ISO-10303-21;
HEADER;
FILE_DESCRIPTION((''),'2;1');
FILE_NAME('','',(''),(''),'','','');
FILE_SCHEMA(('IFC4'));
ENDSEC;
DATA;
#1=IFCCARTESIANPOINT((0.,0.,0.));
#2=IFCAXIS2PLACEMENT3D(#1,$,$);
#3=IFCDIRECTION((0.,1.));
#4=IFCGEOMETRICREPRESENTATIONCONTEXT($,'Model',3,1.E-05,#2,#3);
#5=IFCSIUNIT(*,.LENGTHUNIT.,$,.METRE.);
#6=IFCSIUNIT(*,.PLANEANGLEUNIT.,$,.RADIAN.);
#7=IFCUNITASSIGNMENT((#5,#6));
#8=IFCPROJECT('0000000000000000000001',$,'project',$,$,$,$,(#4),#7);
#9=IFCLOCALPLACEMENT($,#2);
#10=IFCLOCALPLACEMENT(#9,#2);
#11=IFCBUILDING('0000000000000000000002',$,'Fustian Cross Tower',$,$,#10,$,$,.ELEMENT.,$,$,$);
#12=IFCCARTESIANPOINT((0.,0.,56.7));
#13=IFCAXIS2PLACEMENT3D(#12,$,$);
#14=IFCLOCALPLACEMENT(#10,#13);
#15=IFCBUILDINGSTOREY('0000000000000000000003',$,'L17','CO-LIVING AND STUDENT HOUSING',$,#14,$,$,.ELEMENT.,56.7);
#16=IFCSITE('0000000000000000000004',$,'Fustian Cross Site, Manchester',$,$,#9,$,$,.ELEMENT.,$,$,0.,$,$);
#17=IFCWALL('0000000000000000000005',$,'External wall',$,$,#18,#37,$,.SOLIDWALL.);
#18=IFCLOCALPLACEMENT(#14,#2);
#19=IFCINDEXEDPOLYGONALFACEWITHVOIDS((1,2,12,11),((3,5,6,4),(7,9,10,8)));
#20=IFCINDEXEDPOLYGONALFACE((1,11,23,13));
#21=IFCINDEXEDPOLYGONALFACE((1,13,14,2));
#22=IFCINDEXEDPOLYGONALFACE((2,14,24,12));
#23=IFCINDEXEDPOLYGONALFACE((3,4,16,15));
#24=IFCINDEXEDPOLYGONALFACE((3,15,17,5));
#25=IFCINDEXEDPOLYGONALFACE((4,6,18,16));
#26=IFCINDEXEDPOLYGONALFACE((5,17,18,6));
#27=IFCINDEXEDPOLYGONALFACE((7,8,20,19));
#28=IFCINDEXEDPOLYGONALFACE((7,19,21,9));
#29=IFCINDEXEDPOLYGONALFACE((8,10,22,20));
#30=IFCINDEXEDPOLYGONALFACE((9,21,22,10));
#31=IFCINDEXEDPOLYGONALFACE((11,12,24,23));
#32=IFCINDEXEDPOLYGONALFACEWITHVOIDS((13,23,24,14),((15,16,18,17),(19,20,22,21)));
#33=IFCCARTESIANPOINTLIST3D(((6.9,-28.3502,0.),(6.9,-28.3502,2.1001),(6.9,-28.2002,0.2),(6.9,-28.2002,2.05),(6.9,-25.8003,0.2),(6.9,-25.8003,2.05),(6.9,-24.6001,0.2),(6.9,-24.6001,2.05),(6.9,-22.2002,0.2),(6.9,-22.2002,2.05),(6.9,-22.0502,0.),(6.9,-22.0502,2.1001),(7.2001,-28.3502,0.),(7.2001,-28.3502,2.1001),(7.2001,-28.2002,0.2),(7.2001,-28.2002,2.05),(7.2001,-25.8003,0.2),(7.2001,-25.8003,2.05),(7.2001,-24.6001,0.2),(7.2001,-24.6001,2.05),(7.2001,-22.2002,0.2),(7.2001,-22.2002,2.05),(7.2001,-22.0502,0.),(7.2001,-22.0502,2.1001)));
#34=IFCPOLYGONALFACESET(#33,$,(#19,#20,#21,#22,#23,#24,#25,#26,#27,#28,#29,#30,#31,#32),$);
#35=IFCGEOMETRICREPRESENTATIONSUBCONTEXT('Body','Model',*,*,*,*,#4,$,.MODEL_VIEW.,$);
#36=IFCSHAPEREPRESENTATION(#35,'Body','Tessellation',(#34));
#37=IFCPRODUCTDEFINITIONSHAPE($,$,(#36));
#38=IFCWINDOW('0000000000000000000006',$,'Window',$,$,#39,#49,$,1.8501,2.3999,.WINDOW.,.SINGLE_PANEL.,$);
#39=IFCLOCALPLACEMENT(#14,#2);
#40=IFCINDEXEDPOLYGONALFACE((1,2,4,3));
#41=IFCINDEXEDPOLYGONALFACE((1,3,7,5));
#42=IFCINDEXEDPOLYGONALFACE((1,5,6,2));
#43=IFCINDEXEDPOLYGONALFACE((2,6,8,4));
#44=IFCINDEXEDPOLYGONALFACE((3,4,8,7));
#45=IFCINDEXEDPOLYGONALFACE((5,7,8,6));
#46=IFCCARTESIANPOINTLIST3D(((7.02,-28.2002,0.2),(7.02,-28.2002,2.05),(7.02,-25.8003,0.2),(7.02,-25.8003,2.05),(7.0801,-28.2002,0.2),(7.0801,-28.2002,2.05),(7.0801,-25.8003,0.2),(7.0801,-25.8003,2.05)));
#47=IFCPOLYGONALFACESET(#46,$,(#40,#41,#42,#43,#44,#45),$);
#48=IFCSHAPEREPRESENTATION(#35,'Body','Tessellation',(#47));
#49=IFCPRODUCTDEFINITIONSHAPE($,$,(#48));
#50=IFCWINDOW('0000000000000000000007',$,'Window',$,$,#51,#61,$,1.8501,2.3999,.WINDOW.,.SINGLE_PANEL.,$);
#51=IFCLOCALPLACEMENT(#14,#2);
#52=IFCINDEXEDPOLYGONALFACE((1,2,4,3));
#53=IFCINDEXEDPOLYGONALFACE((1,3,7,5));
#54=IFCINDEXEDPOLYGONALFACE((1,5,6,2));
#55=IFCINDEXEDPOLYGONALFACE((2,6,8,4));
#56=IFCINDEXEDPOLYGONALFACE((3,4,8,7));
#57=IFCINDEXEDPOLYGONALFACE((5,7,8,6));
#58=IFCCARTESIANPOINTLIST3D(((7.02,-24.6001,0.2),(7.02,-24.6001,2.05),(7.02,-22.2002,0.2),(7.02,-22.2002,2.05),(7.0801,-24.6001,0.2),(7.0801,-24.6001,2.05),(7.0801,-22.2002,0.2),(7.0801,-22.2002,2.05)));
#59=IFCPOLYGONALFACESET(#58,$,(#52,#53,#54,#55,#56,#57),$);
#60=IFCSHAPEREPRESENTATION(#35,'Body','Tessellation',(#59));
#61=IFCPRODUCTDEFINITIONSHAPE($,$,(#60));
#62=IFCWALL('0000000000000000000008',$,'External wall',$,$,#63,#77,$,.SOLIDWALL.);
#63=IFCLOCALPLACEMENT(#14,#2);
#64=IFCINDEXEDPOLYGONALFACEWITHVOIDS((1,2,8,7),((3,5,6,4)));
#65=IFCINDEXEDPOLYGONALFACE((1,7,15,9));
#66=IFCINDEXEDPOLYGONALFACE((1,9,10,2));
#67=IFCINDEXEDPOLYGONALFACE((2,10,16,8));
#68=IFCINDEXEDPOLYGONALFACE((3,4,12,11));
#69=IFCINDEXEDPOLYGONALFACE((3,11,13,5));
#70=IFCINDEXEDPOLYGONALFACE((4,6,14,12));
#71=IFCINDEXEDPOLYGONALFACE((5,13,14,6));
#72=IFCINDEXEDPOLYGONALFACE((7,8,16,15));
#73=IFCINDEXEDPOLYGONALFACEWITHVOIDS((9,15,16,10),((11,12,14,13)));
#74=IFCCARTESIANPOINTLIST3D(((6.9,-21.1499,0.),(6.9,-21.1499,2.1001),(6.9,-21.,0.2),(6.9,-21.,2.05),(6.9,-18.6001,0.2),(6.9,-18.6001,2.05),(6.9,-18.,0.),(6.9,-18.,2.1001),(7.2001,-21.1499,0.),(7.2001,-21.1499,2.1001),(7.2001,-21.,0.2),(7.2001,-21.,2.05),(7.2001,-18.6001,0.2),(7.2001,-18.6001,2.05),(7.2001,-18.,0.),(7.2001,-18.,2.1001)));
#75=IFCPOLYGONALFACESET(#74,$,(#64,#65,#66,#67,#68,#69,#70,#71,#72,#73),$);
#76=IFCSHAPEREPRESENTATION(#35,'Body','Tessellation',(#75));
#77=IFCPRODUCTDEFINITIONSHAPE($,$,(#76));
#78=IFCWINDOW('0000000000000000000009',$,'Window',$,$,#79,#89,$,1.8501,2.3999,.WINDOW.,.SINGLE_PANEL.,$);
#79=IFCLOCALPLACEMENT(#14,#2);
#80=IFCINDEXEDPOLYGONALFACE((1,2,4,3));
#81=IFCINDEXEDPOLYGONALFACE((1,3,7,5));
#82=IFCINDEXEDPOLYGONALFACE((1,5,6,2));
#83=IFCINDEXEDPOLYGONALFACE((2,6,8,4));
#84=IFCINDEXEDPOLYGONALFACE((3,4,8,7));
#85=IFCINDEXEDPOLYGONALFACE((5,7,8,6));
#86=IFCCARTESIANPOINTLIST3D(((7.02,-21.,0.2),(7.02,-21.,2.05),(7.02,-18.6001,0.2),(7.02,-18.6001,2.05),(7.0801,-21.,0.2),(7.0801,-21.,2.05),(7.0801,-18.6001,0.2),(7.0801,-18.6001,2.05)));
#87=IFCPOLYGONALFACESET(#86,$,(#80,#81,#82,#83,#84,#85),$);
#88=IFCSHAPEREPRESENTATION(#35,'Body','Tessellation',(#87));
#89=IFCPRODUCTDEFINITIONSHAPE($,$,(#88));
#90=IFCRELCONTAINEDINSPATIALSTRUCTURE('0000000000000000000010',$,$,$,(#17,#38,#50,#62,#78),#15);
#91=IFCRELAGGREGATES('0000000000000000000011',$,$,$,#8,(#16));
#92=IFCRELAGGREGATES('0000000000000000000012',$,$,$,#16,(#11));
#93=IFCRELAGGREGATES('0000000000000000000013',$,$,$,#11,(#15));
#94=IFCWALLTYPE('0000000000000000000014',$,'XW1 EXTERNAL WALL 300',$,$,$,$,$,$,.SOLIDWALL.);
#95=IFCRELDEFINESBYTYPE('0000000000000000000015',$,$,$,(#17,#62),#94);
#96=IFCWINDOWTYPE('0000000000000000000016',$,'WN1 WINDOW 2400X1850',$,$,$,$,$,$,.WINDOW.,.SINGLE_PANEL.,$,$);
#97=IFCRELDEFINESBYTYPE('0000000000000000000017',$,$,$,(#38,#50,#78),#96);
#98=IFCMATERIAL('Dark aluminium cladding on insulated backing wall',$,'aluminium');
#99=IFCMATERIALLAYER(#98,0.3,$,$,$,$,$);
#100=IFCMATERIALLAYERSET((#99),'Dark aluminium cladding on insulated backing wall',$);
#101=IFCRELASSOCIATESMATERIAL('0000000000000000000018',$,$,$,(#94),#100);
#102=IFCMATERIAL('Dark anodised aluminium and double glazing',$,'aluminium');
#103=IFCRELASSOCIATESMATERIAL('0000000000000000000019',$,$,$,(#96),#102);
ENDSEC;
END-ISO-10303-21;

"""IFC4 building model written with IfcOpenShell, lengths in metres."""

from ifc_helpers import new_model, si_unit, direction, frame, frame_2d, origin, place, context, subcontext, project, spatial, rectangle, extrude, material, layer, layer_set, type_object, element, fill, save


model = new_model("IFC4")

# Units and contexts
model_context = context("Model", 3, precision=1e-05, world=origin(), true_north=direction((0.0, 1.0)))
body_context = subcontext(model_context, "Body", "Model", "MODEL_VIEW")
ifc_project = project(units=[si_unit("LENGTHUNIT", "METRE"), si_unit("PLANEANGLEUNIT", "RADIAN")], contexts=[model_context])

# Site, building, storey
site_placement = place(None, origin())
site = spatial("IfcSite", under=ifc_project, at=site_placement, Name="Fustian Cross Site, Manchester", CompositionType="ELEMENT", RefElevation=0.0)
building_placement = place(site_placement, origin())
building = spatial("IfcBuilding", under=site, at=building_placement, Name="Fustian Cross Tower", CompositionType="ELEMENT")
storey_placement = place(building_placement, frame((0.0, 0.0, 56.7)))
storey = spatial("IfcBuildingStorey", under=building, at=storey_placement, Name="L17", Description="CO-LIVING AND STUDENT HOUSING", CompositionType="ELEMENT", Elevation=56.7)

# Wall, openings, windows
ifc_material_1 = material(Name="Dark aluminium cladding on insulated backing wall", Category="aluminium")
ifc_layer_1 = layer(ifc_material_1, 0.3)
ifc_layer_set_1 = layer_set([ifc_layer_1], Name="Dark aluminium cladding on insulated backing wall")
wall_type_1 = type_object("IfcWallType", Name="XW1 EXTERNAL WALL 300", PredefinedType="SOLIDWALL", material=ifc_layer_set_1)
wall_1_placement = place(storey_placement, frame((7.05, -28.3501, 0.0), z_axis=(0.0, 0.0, 1.0), x_axis=(0.0, 1.0, 0.0)))
wall_1 = element("IfcWall", 1, at=wall_1_placement, inside=storey, type_object=wall_type_1, Name="External wall", PredefinedType="SOLIDWALL", context=body_context, shape_type="SweptSolid", body=[
    extrude(rectangle(XDim=6.3, YDim=0.3, at=frame_2d((3.1499, 0.0))), origin(), (0.0, 0.0, 1.0), 2.1001),
])
opening_1_placement = place(wall_1_placement, frame((0.1499, 0.0, 0.2)))
opening_1 = element("IfcOpeningElement", 2, at=opening_1_placement, cuts=wall_1, PredefinedType="OPENING", context=body_context, shape_type="SweptSolid", body=[
    extrude(rectangle(XDim=2.3999, YDim=1.8501, at=frame_2d((1.2, 0.925))), frame((0.0, 0.1599, 0.0), z_axis=(0.0, -1.0, 0.0), x_axis=(1.0, 0.0, 0.0)), (0.0, 0.0, 1.0), 0.3201),
])
opening_2_placement = place(wall_1_placement, frame((3.75, 0.0, 0.2)))
opening_2 = element("IfcOpeningElement", 3, at=opening_2_placement, cuts=wall_1, PredefinedType="OPENING", context=body_context, shape_type="SweptSolid", body=[
    extrude(rectangle(XDim=2.3999, YDim=1.8501, at=frame_2d((1.2, 0.925))), frame((0.0, 0.1599, 0.0), z_axis=(0.0, -1.0, 0.0), x_axis=(1.0, 0.0, 0.0)), (0.0, 0.0, 1.0), 0.3201),
])
ifc_material_2 = material(Name="Dark anodised aluminium and double glazing", Category="aluminium")
window_type = type_object("IfcWindowType", Name="WN1 WINDOW 2400X1850", PartitioningType="SINGLE_PANEL", PredefinedType="WINDOW", material=ifc_material_2)
window_1_placement = place(opening_1_placement, origin())
window_1 = element("IfcWindow", 4, at=window_1_placement, inside=storey, type_object=window_type, Name="Window", OverallHeight=1.8501, OverallWidth=2.3999, PartitioningType="SINGLE_PANEL", PredefinedType="WINDOW", context=body_context, shape_type="SweptSolid", body=[
    extrude(rectangle(XDim=2.3999, YDim=1.8501, at=frame_2d((1.2, 0.925))), frame((0.0, 0.03, 0.0), z_axis=(0.0, -1.0, 0.0), x_axis=(1.0, 0.0, 0.0)), (0.0, 0.0, 1.0), 0.0601),
])
fill(opening_1, window_1)
window_2_placement = place(opening_2_placement, origin())
window_2 = element("IfcWindow", 5, at=window_2_placement, inside=storey, type_object=window_type, Name="Window", OverallHeight=1.8501, OverallWidth=2.3999, PartitioningType="SINGLE_PANEL", PredefinedType="WINDOW", context=body_context, shape_type="SweptSolid", body=[
    extrude(rectangle(XDim=2.3999, YDim=1.8501, at=frame_2d((1.2, 0.925))), frame((0.0, 0.03, 0.0), z_axis=(0.0, -1.0, 0.0), x_axis=(1.0, 0.0, 0.0)), (0.0, 0.0, 1.0), 0.0601),
])
fill(opening_2, window_2)

# Wall, opening, window
wall_2_placement = place(storey_placement, frame((7.05, -21.1499, 0.0), z_axis=(0.0, 0.0, 1.0), x_axis=(0.0, 1.0, 0.0)))
wall_2 = element("IfcWall", 6, at=wall_2_placement, inside=storey, type_object=wall_type_1, Name="External wall", PredefinedType="SOLIDWALL", context=body_context, shape_type="SweptSolid", body=[
    extrude(rectangle(XDim=3.1499, YDim=0.3, at=frame_2d((1.575, 0.0))), origin(), (0.0, 0.0, 1.0), 2.1001),
])
opening_3_placement = place(wall_2_placement, frame((0.1499, 0.0, 0.2)))
opening_3 = element("IfcOpeningElement", 7, at=opening_3_placement, cuts=wall_2, PredefinedType="OPENING", context=body_context, shape_type="SweptSolid", body=[
    extrude(rectangle(XDim=2.3999, YDim=1.8501, at=frame_2d((1.2, 0.925))), frame((0.0, 0.1599, 0.0), z_axis=(0.0, -1.0, 0.0), x_axis=(1.0, 0.0, 0.0)), (0.0, 0.0, 1.0), 0.3201),
])
window_3_placement = place(opening_3_placement, origin())
window_3 = element("IfcWindow", 8, at=window_3_placement, inside=storey, type_object=window_type, Name="Window", OverallHeight=1.8501, OverallWidth=2.3999, PartitioningType="SINGLE_PANEL", PredefinedType="WINDOW", context=body_context, shape_type="SweptSolid", body=[
    extrude(rectangle(XDim=2.3999, YDim=1.8501, at=frame_2d((1.2, 0.925))), frame((0.0, 0.03, 0.0), z_axis=(0.0, -1.0, 0.0), x_axis=(1.0, 0.0, 0.0)), (0.0, 0.0, 1.0), 0.0601),
])
fill(opening_3, window_3)

save(model, "model.ifc")
